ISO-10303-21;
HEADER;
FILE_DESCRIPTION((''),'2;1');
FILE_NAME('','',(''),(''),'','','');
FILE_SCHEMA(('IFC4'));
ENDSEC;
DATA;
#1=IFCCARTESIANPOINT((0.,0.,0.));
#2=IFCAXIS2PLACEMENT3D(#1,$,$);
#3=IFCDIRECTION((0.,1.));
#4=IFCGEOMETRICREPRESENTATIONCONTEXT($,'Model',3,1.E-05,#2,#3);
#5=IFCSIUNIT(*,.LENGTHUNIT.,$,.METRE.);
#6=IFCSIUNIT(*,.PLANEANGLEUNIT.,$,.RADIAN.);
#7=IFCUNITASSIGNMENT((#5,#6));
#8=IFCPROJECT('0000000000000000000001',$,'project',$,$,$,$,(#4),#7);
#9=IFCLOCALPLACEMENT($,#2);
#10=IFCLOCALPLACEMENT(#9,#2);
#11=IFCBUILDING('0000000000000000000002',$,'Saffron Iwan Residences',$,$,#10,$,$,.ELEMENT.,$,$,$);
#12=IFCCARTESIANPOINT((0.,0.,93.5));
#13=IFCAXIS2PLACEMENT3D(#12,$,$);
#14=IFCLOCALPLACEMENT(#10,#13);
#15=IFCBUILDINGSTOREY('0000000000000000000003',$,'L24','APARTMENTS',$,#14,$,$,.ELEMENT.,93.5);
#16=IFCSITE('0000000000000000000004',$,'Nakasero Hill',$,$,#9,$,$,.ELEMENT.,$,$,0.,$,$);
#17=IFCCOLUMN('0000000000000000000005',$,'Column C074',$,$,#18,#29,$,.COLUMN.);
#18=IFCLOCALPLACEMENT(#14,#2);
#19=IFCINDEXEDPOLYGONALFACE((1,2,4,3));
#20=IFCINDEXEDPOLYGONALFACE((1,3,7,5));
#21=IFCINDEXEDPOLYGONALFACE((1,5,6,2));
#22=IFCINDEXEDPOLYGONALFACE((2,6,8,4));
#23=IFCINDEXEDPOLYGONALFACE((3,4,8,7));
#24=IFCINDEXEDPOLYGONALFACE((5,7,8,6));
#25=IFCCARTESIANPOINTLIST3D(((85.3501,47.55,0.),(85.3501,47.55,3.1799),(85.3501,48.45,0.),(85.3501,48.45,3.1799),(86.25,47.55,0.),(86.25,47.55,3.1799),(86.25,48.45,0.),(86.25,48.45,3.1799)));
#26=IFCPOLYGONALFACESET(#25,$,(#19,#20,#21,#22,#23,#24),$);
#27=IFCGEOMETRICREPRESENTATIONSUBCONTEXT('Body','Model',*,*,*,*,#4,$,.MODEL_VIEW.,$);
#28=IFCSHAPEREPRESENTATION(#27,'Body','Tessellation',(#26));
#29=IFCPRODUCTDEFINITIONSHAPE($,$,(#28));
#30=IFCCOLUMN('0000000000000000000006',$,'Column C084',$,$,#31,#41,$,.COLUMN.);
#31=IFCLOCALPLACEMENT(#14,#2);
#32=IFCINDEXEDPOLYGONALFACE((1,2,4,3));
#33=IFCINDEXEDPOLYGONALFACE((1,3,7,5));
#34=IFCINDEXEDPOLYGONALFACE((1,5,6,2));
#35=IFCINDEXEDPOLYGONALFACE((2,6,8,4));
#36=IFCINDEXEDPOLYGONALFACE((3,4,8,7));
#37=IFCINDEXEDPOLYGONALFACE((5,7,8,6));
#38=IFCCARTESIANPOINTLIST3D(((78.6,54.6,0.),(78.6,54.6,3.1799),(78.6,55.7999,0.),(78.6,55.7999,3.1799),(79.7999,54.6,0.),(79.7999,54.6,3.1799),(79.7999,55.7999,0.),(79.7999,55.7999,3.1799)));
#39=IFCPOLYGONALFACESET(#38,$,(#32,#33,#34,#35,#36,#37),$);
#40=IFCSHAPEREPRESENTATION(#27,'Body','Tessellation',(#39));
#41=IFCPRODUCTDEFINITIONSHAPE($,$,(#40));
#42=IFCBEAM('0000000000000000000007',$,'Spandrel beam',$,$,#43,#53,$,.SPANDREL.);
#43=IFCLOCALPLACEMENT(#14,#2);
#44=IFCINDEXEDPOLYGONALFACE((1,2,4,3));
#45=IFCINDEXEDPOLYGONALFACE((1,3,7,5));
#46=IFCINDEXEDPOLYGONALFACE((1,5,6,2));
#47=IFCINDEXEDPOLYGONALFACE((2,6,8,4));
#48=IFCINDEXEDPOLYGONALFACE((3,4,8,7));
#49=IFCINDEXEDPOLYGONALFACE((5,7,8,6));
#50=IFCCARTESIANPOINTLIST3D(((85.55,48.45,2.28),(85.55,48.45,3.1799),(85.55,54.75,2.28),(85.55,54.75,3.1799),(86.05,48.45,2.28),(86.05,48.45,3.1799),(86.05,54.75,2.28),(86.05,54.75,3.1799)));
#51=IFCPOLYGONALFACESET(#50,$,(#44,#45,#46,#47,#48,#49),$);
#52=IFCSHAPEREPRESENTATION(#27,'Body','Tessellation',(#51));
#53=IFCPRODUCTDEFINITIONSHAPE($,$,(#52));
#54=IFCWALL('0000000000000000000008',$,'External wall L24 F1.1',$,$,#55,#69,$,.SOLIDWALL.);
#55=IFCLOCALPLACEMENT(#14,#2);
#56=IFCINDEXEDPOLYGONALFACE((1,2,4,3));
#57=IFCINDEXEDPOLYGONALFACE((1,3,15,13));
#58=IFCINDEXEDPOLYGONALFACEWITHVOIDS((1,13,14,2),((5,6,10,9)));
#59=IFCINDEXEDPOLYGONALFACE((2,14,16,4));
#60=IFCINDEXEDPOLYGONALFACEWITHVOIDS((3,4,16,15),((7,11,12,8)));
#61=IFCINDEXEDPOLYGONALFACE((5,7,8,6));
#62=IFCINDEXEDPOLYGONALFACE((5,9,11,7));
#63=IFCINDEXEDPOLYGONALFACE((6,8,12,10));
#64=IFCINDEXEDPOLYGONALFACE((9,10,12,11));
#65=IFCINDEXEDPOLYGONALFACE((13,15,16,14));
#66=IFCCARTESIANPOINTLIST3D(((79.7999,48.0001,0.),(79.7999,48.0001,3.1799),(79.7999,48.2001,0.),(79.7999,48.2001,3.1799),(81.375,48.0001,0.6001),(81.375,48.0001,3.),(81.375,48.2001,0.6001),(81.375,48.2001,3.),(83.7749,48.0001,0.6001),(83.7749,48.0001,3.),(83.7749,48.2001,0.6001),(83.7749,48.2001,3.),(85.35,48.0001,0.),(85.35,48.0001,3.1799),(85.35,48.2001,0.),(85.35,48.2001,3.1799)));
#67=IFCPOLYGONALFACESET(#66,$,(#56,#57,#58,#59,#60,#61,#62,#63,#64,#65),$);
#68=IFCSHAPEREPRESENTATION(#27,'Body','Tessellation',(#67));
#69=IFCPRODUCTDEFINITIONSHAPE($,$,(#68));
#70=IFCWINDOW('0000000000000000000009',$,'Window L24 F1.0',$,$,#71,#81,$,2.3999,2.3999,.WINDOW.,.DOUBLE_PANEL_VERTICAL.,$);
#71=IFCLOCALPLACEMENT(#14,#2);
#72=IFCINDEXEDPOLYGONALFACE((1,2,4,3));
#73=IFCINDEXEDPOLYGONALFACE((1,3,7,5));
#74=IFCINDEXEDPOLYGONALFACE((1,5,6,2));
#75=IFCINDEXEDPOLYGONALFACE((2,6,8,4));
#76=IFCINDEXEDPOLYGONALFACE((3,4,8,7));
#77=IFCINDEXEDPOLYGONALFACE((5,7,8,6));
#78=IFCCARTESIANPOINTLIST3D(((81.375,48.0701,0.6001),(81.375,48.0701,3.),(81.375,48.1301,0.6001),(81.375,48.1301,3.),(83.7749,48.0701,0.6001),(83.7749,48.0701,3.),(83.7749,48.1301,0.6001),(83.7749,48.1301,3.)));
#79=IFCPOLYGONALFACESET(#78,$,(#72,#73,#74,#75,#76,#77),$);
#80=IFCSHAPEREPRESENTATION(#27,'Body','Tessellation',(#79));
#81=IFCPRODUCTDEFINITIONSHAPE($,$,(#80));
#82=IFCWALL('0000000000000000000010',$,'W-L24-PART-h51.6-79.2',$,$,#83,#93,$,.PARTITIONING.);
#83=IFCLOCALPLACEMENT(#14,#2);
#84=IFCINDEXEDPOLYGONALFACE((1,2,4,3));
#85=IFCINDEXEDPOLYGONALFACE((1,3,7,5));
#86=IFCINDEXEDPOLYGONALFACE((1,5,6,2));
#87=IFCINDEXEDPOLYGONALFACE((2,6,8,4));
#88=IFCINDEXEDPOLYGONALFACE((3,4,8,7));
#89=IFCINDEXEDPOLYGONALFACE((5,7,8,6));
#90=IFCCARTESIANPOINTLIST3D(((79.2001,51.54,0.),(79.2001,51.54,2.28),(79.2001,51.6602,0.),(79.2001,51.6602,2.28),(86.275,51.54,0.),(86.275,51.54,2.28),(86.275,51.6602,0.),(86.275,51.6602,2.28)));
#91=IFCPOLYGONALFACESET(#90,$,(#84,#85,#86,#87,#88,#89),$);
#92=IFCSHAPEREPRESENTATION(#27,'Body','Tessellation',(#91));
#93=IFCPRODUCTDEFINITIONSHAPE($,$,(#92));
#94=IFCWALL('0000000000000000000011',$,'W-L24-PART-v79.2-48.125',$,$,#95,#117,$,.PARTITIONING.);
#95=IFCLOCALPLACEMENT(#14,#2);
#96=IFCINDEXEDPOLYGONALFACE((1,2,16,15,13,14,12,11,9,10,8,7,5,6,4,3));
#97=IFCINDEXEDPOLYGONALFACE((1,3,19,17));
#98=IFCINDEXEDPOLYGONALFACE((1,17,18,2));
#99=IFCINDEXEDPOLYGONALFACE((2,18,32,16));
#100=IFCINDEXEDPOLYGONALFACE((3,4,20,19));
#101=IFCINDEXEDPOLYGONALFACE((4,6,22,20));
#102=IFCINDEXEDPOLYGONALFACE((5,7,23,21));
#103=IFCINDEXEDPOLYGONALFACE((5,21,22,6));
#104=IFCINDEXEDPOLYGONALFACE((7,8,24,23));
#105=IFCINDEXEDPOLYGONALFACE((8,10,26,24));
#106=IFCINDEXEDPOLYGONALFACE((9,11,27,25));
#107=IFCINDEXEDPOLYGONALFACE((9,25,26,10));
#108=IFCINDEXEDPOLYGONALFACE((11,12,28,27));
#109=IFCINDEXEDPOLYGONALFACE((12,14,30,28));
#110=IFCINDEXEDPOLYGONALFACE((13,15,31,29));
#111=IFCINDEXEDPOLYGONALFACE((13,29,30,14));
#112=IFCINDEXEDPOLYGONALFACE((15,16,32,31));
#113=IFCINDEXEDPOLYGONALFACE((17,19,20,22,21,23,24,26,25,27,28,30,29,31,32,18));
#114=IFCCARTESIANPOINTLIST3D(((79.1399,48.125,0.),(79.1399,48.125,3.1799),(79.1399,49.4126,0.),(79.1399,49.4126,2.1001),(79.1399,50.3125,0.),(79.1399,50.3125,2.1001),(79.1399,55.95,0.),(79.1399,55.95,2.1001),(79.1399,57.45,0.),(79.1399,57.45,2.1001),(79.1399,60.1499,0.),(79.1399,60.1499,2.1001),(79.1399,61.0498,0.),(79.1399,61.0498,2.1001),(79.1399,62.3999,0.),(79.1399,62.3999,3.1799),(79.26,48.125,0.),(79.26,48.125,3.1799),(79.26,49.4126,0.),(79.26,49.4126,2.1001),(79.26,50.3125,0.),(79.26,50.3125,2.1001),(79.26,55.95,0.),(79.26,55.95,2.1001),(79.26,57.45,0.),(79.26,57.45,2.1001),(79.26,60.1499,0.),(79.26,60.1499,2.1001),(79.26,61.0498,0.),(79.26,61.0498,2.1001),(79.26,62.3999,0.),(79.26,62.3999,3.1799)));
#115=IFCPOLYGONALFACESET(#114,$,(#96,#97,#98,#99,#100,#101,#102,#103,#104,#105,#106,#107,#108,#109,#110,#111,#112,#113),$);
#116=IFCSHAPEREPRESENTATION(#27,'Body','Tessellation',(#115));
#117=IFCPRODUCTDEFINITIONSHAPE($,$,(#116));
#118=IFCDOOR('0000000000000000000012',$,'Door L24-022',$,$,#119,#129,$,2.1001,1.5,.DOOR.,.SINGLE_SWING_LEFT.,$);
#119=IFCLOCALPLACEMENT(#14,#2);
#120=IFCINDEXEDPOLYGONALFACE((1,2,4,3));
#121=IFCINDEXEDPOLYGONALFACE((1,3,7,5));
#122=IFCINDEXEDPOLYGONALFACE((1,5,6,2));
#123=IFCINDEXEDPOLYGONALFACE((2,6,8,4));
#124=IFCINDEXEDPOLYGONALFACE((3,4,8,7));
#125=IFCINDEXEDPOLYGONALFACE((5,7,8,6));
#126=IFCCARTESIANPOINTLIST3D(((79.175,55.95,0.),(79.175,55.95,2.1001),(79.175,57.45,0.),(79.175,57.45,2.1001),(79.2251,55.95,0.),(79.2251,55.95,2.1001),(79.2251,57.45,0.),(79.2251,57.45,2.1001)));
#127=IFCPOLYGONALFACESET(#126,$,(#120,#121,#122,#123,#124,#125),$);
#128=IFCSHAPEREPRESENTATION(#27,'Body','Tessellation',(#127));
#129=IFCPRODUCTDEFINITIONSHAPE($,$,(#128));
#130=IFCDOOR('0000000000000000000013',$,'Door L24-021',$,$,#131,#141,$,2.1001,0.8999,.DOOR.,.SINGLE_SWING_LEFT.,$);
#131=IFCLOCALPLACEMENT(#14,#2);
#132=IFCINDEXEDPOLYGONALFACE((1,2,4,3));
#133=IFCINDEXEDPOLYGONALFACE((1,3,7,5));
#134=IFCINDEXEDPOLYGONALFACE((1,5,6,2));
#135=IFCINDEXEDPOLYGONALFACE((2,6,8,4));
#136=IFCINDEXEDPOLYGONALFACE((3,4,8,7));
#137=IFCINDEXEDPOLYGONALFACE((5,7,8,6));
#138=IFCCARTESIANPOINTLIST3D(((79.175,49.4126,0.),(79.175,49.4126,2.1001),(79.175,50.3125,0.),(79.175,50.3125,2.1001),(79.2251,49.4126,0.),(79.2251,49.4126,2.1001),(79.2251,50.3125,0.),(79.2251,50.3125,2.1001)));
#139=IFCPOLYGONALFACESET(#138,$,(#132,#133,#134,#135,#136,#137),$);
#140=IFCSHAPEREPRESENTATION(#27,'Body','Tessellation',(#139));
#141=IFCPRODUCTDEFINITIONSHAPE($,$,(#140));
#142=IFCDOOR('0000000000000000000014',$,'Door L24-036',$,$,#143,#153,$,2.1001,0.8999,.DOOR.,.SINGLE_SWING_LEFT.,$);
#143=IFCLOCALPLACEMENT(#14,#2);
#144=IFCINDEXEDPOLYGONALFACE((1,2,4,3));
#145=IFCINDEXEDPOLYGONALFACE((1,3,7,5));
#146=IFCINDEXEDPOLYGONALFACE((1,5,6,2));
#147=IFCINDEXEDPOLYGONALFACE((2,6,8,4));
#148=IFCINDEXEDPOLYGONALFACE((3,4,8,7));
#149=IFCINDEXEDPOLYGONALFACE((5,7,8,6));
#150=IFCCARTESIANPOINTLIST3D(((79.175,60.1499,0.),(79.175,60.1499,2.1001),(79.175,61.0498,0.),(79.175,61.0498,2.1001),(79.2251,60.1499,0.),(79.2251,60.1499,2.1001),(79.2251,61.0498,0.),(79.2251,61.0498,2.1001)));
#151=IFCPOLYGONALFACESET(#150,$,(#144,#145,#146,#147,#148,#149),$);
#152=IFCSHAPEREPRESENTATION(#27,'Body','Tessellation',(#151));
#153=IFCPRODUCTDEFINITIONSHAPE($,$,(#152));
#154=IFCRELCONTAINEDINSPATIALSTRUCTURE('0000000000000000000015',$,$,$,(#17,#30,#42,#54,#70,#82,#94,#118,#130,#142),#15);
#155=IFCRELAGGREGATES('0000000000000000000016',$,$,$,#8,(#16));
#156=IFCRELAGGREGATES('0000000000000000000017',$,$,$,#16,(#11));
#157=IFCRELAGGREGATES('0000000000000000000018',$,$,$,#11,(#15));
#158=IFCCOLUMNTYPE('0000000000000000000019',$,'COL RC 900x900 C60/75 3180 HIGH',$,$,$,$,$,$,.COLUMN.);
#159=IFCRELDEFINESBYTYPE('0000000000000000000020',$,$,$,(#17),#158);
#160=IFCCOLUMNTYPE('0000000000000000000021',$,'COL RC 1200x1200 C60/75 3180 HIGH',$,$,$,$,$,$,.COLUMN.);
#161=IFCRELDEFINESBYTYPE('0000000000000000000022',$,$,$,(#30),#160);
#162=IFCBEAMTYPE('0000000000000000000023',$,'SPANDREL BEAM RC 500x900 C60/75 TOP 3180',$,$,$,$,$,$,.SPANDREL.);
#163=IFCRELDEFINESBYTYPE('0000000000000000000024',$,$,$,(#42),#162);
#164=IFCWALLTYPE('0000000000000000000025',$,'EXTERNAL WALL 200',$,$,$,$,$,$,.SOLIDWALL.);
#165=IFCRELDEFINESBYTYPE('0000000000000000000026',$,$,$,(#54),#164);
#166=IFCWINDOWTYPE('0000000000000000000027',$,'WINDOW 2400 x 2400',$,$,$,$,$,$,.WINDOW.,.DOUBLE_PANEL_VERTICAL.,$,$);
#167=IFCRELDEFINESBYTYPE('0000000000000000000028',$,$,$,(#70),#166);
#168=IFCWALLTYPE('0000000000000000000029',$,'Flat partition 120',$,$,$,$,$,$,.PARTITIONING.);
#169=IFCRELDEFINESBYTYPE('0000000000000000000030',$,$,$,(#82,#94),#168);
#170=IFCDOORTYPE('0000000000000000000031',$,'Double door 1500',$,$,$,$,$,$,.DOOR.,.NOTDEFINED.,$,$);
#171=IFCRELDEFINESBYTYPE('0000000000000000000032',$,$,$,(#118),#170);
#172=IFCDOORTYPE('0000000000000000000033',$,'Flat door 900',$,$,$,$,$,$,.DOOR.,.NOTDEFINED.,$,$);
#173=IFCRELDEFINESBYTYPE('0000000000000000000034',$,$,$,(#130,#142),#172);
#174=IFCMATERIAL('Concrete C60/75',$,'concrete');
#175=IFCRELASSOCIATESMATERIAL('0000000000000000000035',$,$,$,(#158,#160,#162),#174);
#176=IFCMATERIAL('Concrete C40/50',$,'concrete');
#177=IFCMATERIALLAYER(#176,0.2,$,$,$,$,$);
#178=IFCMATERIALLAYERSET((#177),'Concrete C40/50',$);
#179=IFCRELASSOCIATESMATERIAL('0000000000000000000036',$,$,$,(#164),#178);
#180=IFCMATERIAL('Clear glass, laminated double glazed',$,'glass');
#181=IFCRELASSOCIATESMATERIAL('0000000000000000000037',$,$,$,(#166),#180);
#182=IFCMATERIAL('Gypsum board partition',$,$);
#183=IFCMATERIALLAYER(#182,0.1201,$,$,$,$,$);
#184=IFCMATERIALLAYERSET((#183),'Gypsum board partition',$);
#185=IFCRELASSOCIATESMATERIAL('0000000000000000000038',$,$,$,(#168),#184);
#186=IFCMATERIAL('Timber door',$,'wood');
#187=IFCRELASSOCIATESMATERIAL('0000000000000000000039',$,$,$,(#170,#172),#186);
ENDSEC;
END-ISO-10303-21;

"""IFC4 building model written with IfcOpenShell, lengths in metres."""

from ifc_helpers import new_model, si_unit, direction, frame, frame_2d, origin, origin_2d, place, context, subcontext, project, spatial, rectangle, extrude, source, transform, mapped, material, layer, layer_set, material_profile, profile_set, type_object, element, fill, save


model = new_model("IFC4")

# Units and contexts
model_context = context("Model", 3, precision=1e-05, world=origin(), true_north=direction((0.0, 1.0)))
body_context = subcontext(model_context, "Body", "Model", "MODEL_VIEW")
ifc_project = project(units=[si_unit("LENGTHUNIT", "METRE"), si_unit("PLANEANGLEUNIT", "RADIAN")], contexts=[model_context])

# Site, building, storey
site_placement = place(None, origin())
site = spatial("IfcSite", under=ifc_project, at=site_placement, Name="Nakasero Hill", CompositionType="ELEMENT", RefElevation=0.0)
building_placement = place(site_placement, origin())
building = spatial("IfcBuilding", under=site, at=building_placement, Name="Saffron Iwan Residences", CompositionType="ELEMENT")
storey_placement = place(building_placement, frame((0.0, 0.0, 93.5)))
storey = spatial("IfcBuildingStorey", under=building, at=storey_placement, Name="L24", Description="APARTMENTS", CompositionType="ELEMENT", Elevation=93.5)

# Columns
ifc_material_1 = material(Name="Concrete C60/75", Category="concrete")
ifc_material_profile_1 = material_profile(ifc_material_1, rectangle(XDim=0.8999, YDim=0.8999, at=origin_2d()), Name="RC 900x900")
ifc_profile_set_1 = profile_set([ifc_material_profile_1], Name="Concrete C60/75")
column_type_1 = type_object("IfcColumnType", Name="COL RC 900x900 C60/75 3180 HIGH", PredefinedType="COLUMN", material=ifc_profile_set_1)
shared_shape_1 = source(origin(), body_context, "Body", "SweptSolid", [
    extrude(rectangle(XDim=0.8999, YDim=0.8999, at=origin_2d()), origin(), (0.0, 0.0, 1.0), 3.1799),
])
column_1_placement = place(storey_placement, frame((85.8, 48.0, 0.0), z_axis=(0.0, 0.0, 1.0), x_axis=(1.0, 0.0, 0.0)))
element("IfcColumn", 1, at=column_1_placement, inside=storey, type_object=column_type_1, Name="Column C074", PredefinedType="COLUMN", context=body_context, shape_type="MappedRepresentation", body=[
    mapped(shared_shape_1, transform((0.0, 0.0, 0.0))),
])
ifc_material_profile_2 = material_profile(ifc_material_1, rectangle(XDim=1.2, YDim=1.2, at=origin_2d()), Name="RC 1200x1200")
ifc_profile_set_2 = profile_set([ifc_material_profile_2], Name="Concrete C60/75")
column_type_2 = type_object("IfcColumnType", Name="COL RC 1200x1200 C60/75 3180 HIGH", PredefinedType="COLUMN", material=ifc_profile_set_2)
shared_shape_2 = source(origin(), body_context, "Body", "SweptSolid", [
    extrude(rectangle(XDim=1.2, YDim=1.2, at=origin_2d()), origin(), (0.0, 0.0, 1.0), 3.1799),
])
column_2_placement = place(storey_placement, frame((79.2, 55.2, 0.0), z_axis=(0.0, 0.0, 1.0), x_axis=(1.0, 0.0, 0.0)))
element("IfcColumn", 2, at=column_2_placement, inside=storey, type_object=column_type_2, Name="Column C084", PredefinedType="COLUMN", context=body_context, shape_type="MappedRepresentation", body=[
    mapped(shared_shape_2, transform((0.0, 0.0, 0.0))),
])

# Beam
ifc_material_profile_3 = material_profile(ifc_material_1, rectangle(XDim=0.5, YDim=0.8999, at=origin_2d()), Name="RC 500x900")
ifc_profile_set_3 = profile_set([ifc_material_profile_3], Name="Concrete C60/75")
beam_type = type_object("IfcBeamType", Name="SPANDREL BEAM RC 500x900 C60/75 TOP 3180", PredefinedType="SPANDREL", material=ifc_profile_set_3)
shared_shape_3 = source(origin(), body_context, "Body", "SweptSolid", [
    extrude(rectangle(XDim=0.5, YDim=0.8999, at=origin_2d()), origin(), (0.0, 0.0, 1.0), 6.3),
])
beam_placement = place(storey_placement, frame((85.8, 54.75, 2.73), z_axis=(0.0, -1.0, 0.0), x_axis=(1.0, 0.0, 0.0)))
element("IfcBeam", 3, at=beam_placement, inside=storey, type_object=beam_type, Name="Spandrel beam", PredefinedType="SPANDREL", context=body_context, shape_type="MappedRepresentation", body=[
    mapped(shared_shape_3, transform((0.0, 0.0, 0.0))),
])

# Wall, opening, window
ifc_material_2 = material(Name="Concrete C40/50", Category="concrete")
ifc_layer_1 = layer(ifc_material_2, 0.2)
ifc_layer_set_1 = layer_set([ifc_layer_1], Name="Concrete C40/50")
wall_type_1 = type_object("IfcWallType", Name="EXTERNAL WALL 200", PredefinedType="SOLIDWALL", material=ifc_layer_set_1)
wall_1_placement = place(storey_placement, frame((79.8, 48.1001, 0.0), z_axis=(0.0, 0.0, 1.0), x_axis=(1.0, 0.0, 0.0)))
wall_1 = element("IfcWall", 4, at=wall_1_placement, inside=storey, type_object=wall_type_1, Name="External wall L24 F1.1", PredefinedType="SOLIDWALL", context=body_context, shape_type="SweptSolid", body=[
    extrude(rectangle(XDim=5.55, YDim=0.2, at=frame_2d((2.7749, 0.0))), origin(), (0.0, 0.0, 1.0), 3.1799),
])
opening_1_placement = place(wall_1_placement, frame((1.575, 0.0, 0.6001)))
opening_1 = element("IfcOpeningElement", 5, at=opening_1_placement, cuts=wall_1, PredefinedType="OPENING", context=body_context, shape_type="SweptSolid", body=[
    extrude(rectangle(XDim=2.3999, YDim=2.3999, at=frame_2d((1.2, 1.2))), frame((0.0, 0.1099, 0.0), z_axis=(0.0, -1.0, 0.0), x_axis=(1.0, 0.0, 0.0)), (0.0, 0.0, 1.0), 0.22),
])
ifc_material_3 = material(Name="Clear glass, laminated double glazed", Category="glass")
window_type = type_object("IfcWindowType", Name="WINDOW 2400 x 2400", PartitioningType="DOUBLE_PANEL_VERTICAL", PredefinedType="WINDOW", material=ifc_material_3)
window_placement = place(opening_1_placement, origin())
window = element("IfcWindow", 6, at=window_placement, inside=storey, type_object=window_type, Name="Window L24 F1.0", OverallHeight=2.3999, OverallWidth=2.3999, PartitioningType="DOUBLE_PANEL_VERTICAL", PredefinedType="WINDOW", context=body_context, shape_type="SweptSolid", body=[
    extrude(rectangle(XDim=2.3999, YDim=2.3999, at=frame_2d((1.2, 1.2))), frame((0.0, 0.03, 0.0), z_axis=(0.0, -1.0, 0.0), x_axis=(1.0, 0.0, 0.0)), (0.0, 0.0, 1.0), 0.0601),
])
fill(opening_1, window)

# Wall
ifc_material_4 = material(Name="Gypsum board partition")
ifc_layer_2 = layer(ifc_material_4, 0.1201)
ifc_layer_set_2 = layer_set([ifc_layer_2], Name="Gypsum board partition")
wall_type_2 = type_object("IfcWallType", Name="Flat partition 120", PredefinedType="PARTITIONING", material=ifc_layer_set_2)
wall_2_placement = place(storey_placement, frame((79.2, 51.6001, 0.0), z_axis=(0.0, 0.0, 1.0), x_axis=(1.0, 0.0, 0.0)))
element("IfcWall", 7, at=wall_2_placement, inside=storey, type_object=wall_type_2, Name="W-L24-PART-h51.6-79.2", PredefinedType="PARTITIONING", context=body_context, shape_type="SweptSolid", body=[
    extrude(rectangle(XDim=7.075, YDim=0.1201, at=frame_2d((3.5376, 0.0))), origin(), (0.0, 0.0, 1.0), 2.28),
])

# Wall, openings, doors
wall_3_placement = place(storey_placement, frame((79.2, 48.125, 0.0), z_axis=(0.0, 0.0, 1.0), x_axis=(0.0, 1.0, 0.0)))
wall_3 = element("IfcWall", 8, at=wall_3_placement, inside=storey, type_object=wall_type_2, Name="W-L24-PART-v79.2-48.125", PredefinedType="PARTITIONING", context=body_context, shape_type="SweptSolid", body=[
    extrude(rectangle(XDim=14.2749, YDim=0.1201, at=frame_2d((7.1375, 0.0))), origin(), (0.0, 0.0, 1.0), 3.1799),
])
opening_2_placement = place(wall_3_placement, frame((1.2876, 0.0, 0.0)))
opening_2 = element("IfcOpeningElement", 9, at=opening_2_placement, cuts=wall_3, PredefinedType="OPENING", context=body_context, shape_type="SweptSolid", body=[
    extrude(rectangle(XDim=0.8999, YDim=2.1001, at=frame_2d((0.45, 1.05))), frame((0.0, 0.0701, 0.0), z_axis=(0.0, -1.0, 0.0), x_axis=(1.0, 0.0, 0.0)), (0.0, 0.0, 1.0), 0.1401),
])
opening_3_placement = place(wall_3_placement, frame((7.825, 0.0, 0.0)))
opening_3 = element("IfcOpeningElement", 10, at=opening_3_placement, cuts=wall_3, PredefinedType="OPENING", context=body_context, shape_type="SweptSolid", body=[
    extrude(rectangle(XDim=1.5, YDim=2.1001, at=frame_2d((0.75, 1.05))), frame((0.0, 0.0701, 0.0), z_axis=(0.0, -1.0, 0.0), x_axis=(1.0, 0.0, 0.0)), (0.0, 0.0, 1.0), 0.1401),
])
opening_4_placement = place(wall_3_placement, frame((12.0249, 0.0, 0.0)))
opening_4 = element("IfcOpeningElement", 11, at=opening_4_placement, cuts=wall_3, PredefinedType="OPENING", context=body_context, shape_type="SweptSolid", body=[
    extrude(rectangle(XDim=0.8999, YDim=2.1001, at=frame_2d((0.45, 1.05))), frame((0.0, 0.0701, 0.0), z_axis=(0.0, -1.0, 0.0), x_axis=(1.0, 0.0, 0.0)), (0.0, 0.0, 1.0), 0.1401),
])
ifc_material_5 = material(Name="Timber door", Category="wood")
door_type_1 = type_object("IfcDoorType", Name="Double door 1500", OperationType="NOTDEFINED", PredefinedType="DOOR", material=ifc_material_5)
door_1_placement = place(opening_3_placement, origin())
door_1 = element("IfcDoor", 12, at=door_1_placement, inside=storey, type_object=door_type_1, Name="Door L24-022", OperationType="SINGLE_SWING_LEFT", OverallHeight=2.1001, OverallWidth=1.5, PredefinedType="DOOR", context=body_context, shape_type="SweptSolid", body=[
    extrude(rectangle(XDim=1.5, YDim=2.1001, at=frame_2d((0.75, 1.05))), frame((0.0, 0.0249, 0.0), z_axis=(0.0, -1.0, 0.0), x_axis=(1.0, 0.0, 0.0)), (0.0, 0.0, 1.0), 0.05),
])
fill(opening_3, door_1)
door_type_2 = type_object("IfcDoorType", Name="Flat door 900", OperationType="NOTDEFINED", PredefinedType="DOOR", material=ifc_material_5)
door_2_placement = place(opening_2_placement, origin())
door_2 = element("IfcDoor", 13, at=door_2_placement, inside=storey, type_object=door_type_2, Name="Door L24-021", OperationType="SINGLE_SWING_LEFT", OverallHeight=2.1001, OverallWidth=0.8999, PredefinedType="DOOR", context=body_context, shape_type="SweptSolid", body=[
    extrude(rectangle(XDim=0.8999, YDim=2.1001, at=frame_2d((0.45, 1.05))), frame((0.0, 0.0249, 0.0), z_axis=(0.0, -1.0, 0.0), x_axis=(1.0, 0.0, 0.0)), (0.0, 0.0, 1.0), 0.05),
])
fill(opening_2, door_2)
door_3_placement = place(opening_4_placement, origin())
door_3 = element("IfcDoor", 14, at=door_3_placement, inside=storey, type_object=door_type_2, Name="Door L24-036", OperationType="SINGLE_SWING_LEFT", OverallHeight=2.1001, OverallWidth=0.8999, PredefinedType="DOOR", context=body_context, shape_type="SweptSolid", body=[
    extrude(rectangle(XDim=0.8999, YDim=2.1001, at=frame_2d((0.45, 1.05))), frame((0.0, 0.0249, 0.0), z_axis=(0.0, -1.0, 0.0), x_axis=(1.0, 0.0, 0.0)), (0.0, 0.0, 1.0), 0.05),
])
fill(opening_4, door_3)

save(model, "model.ifc")
